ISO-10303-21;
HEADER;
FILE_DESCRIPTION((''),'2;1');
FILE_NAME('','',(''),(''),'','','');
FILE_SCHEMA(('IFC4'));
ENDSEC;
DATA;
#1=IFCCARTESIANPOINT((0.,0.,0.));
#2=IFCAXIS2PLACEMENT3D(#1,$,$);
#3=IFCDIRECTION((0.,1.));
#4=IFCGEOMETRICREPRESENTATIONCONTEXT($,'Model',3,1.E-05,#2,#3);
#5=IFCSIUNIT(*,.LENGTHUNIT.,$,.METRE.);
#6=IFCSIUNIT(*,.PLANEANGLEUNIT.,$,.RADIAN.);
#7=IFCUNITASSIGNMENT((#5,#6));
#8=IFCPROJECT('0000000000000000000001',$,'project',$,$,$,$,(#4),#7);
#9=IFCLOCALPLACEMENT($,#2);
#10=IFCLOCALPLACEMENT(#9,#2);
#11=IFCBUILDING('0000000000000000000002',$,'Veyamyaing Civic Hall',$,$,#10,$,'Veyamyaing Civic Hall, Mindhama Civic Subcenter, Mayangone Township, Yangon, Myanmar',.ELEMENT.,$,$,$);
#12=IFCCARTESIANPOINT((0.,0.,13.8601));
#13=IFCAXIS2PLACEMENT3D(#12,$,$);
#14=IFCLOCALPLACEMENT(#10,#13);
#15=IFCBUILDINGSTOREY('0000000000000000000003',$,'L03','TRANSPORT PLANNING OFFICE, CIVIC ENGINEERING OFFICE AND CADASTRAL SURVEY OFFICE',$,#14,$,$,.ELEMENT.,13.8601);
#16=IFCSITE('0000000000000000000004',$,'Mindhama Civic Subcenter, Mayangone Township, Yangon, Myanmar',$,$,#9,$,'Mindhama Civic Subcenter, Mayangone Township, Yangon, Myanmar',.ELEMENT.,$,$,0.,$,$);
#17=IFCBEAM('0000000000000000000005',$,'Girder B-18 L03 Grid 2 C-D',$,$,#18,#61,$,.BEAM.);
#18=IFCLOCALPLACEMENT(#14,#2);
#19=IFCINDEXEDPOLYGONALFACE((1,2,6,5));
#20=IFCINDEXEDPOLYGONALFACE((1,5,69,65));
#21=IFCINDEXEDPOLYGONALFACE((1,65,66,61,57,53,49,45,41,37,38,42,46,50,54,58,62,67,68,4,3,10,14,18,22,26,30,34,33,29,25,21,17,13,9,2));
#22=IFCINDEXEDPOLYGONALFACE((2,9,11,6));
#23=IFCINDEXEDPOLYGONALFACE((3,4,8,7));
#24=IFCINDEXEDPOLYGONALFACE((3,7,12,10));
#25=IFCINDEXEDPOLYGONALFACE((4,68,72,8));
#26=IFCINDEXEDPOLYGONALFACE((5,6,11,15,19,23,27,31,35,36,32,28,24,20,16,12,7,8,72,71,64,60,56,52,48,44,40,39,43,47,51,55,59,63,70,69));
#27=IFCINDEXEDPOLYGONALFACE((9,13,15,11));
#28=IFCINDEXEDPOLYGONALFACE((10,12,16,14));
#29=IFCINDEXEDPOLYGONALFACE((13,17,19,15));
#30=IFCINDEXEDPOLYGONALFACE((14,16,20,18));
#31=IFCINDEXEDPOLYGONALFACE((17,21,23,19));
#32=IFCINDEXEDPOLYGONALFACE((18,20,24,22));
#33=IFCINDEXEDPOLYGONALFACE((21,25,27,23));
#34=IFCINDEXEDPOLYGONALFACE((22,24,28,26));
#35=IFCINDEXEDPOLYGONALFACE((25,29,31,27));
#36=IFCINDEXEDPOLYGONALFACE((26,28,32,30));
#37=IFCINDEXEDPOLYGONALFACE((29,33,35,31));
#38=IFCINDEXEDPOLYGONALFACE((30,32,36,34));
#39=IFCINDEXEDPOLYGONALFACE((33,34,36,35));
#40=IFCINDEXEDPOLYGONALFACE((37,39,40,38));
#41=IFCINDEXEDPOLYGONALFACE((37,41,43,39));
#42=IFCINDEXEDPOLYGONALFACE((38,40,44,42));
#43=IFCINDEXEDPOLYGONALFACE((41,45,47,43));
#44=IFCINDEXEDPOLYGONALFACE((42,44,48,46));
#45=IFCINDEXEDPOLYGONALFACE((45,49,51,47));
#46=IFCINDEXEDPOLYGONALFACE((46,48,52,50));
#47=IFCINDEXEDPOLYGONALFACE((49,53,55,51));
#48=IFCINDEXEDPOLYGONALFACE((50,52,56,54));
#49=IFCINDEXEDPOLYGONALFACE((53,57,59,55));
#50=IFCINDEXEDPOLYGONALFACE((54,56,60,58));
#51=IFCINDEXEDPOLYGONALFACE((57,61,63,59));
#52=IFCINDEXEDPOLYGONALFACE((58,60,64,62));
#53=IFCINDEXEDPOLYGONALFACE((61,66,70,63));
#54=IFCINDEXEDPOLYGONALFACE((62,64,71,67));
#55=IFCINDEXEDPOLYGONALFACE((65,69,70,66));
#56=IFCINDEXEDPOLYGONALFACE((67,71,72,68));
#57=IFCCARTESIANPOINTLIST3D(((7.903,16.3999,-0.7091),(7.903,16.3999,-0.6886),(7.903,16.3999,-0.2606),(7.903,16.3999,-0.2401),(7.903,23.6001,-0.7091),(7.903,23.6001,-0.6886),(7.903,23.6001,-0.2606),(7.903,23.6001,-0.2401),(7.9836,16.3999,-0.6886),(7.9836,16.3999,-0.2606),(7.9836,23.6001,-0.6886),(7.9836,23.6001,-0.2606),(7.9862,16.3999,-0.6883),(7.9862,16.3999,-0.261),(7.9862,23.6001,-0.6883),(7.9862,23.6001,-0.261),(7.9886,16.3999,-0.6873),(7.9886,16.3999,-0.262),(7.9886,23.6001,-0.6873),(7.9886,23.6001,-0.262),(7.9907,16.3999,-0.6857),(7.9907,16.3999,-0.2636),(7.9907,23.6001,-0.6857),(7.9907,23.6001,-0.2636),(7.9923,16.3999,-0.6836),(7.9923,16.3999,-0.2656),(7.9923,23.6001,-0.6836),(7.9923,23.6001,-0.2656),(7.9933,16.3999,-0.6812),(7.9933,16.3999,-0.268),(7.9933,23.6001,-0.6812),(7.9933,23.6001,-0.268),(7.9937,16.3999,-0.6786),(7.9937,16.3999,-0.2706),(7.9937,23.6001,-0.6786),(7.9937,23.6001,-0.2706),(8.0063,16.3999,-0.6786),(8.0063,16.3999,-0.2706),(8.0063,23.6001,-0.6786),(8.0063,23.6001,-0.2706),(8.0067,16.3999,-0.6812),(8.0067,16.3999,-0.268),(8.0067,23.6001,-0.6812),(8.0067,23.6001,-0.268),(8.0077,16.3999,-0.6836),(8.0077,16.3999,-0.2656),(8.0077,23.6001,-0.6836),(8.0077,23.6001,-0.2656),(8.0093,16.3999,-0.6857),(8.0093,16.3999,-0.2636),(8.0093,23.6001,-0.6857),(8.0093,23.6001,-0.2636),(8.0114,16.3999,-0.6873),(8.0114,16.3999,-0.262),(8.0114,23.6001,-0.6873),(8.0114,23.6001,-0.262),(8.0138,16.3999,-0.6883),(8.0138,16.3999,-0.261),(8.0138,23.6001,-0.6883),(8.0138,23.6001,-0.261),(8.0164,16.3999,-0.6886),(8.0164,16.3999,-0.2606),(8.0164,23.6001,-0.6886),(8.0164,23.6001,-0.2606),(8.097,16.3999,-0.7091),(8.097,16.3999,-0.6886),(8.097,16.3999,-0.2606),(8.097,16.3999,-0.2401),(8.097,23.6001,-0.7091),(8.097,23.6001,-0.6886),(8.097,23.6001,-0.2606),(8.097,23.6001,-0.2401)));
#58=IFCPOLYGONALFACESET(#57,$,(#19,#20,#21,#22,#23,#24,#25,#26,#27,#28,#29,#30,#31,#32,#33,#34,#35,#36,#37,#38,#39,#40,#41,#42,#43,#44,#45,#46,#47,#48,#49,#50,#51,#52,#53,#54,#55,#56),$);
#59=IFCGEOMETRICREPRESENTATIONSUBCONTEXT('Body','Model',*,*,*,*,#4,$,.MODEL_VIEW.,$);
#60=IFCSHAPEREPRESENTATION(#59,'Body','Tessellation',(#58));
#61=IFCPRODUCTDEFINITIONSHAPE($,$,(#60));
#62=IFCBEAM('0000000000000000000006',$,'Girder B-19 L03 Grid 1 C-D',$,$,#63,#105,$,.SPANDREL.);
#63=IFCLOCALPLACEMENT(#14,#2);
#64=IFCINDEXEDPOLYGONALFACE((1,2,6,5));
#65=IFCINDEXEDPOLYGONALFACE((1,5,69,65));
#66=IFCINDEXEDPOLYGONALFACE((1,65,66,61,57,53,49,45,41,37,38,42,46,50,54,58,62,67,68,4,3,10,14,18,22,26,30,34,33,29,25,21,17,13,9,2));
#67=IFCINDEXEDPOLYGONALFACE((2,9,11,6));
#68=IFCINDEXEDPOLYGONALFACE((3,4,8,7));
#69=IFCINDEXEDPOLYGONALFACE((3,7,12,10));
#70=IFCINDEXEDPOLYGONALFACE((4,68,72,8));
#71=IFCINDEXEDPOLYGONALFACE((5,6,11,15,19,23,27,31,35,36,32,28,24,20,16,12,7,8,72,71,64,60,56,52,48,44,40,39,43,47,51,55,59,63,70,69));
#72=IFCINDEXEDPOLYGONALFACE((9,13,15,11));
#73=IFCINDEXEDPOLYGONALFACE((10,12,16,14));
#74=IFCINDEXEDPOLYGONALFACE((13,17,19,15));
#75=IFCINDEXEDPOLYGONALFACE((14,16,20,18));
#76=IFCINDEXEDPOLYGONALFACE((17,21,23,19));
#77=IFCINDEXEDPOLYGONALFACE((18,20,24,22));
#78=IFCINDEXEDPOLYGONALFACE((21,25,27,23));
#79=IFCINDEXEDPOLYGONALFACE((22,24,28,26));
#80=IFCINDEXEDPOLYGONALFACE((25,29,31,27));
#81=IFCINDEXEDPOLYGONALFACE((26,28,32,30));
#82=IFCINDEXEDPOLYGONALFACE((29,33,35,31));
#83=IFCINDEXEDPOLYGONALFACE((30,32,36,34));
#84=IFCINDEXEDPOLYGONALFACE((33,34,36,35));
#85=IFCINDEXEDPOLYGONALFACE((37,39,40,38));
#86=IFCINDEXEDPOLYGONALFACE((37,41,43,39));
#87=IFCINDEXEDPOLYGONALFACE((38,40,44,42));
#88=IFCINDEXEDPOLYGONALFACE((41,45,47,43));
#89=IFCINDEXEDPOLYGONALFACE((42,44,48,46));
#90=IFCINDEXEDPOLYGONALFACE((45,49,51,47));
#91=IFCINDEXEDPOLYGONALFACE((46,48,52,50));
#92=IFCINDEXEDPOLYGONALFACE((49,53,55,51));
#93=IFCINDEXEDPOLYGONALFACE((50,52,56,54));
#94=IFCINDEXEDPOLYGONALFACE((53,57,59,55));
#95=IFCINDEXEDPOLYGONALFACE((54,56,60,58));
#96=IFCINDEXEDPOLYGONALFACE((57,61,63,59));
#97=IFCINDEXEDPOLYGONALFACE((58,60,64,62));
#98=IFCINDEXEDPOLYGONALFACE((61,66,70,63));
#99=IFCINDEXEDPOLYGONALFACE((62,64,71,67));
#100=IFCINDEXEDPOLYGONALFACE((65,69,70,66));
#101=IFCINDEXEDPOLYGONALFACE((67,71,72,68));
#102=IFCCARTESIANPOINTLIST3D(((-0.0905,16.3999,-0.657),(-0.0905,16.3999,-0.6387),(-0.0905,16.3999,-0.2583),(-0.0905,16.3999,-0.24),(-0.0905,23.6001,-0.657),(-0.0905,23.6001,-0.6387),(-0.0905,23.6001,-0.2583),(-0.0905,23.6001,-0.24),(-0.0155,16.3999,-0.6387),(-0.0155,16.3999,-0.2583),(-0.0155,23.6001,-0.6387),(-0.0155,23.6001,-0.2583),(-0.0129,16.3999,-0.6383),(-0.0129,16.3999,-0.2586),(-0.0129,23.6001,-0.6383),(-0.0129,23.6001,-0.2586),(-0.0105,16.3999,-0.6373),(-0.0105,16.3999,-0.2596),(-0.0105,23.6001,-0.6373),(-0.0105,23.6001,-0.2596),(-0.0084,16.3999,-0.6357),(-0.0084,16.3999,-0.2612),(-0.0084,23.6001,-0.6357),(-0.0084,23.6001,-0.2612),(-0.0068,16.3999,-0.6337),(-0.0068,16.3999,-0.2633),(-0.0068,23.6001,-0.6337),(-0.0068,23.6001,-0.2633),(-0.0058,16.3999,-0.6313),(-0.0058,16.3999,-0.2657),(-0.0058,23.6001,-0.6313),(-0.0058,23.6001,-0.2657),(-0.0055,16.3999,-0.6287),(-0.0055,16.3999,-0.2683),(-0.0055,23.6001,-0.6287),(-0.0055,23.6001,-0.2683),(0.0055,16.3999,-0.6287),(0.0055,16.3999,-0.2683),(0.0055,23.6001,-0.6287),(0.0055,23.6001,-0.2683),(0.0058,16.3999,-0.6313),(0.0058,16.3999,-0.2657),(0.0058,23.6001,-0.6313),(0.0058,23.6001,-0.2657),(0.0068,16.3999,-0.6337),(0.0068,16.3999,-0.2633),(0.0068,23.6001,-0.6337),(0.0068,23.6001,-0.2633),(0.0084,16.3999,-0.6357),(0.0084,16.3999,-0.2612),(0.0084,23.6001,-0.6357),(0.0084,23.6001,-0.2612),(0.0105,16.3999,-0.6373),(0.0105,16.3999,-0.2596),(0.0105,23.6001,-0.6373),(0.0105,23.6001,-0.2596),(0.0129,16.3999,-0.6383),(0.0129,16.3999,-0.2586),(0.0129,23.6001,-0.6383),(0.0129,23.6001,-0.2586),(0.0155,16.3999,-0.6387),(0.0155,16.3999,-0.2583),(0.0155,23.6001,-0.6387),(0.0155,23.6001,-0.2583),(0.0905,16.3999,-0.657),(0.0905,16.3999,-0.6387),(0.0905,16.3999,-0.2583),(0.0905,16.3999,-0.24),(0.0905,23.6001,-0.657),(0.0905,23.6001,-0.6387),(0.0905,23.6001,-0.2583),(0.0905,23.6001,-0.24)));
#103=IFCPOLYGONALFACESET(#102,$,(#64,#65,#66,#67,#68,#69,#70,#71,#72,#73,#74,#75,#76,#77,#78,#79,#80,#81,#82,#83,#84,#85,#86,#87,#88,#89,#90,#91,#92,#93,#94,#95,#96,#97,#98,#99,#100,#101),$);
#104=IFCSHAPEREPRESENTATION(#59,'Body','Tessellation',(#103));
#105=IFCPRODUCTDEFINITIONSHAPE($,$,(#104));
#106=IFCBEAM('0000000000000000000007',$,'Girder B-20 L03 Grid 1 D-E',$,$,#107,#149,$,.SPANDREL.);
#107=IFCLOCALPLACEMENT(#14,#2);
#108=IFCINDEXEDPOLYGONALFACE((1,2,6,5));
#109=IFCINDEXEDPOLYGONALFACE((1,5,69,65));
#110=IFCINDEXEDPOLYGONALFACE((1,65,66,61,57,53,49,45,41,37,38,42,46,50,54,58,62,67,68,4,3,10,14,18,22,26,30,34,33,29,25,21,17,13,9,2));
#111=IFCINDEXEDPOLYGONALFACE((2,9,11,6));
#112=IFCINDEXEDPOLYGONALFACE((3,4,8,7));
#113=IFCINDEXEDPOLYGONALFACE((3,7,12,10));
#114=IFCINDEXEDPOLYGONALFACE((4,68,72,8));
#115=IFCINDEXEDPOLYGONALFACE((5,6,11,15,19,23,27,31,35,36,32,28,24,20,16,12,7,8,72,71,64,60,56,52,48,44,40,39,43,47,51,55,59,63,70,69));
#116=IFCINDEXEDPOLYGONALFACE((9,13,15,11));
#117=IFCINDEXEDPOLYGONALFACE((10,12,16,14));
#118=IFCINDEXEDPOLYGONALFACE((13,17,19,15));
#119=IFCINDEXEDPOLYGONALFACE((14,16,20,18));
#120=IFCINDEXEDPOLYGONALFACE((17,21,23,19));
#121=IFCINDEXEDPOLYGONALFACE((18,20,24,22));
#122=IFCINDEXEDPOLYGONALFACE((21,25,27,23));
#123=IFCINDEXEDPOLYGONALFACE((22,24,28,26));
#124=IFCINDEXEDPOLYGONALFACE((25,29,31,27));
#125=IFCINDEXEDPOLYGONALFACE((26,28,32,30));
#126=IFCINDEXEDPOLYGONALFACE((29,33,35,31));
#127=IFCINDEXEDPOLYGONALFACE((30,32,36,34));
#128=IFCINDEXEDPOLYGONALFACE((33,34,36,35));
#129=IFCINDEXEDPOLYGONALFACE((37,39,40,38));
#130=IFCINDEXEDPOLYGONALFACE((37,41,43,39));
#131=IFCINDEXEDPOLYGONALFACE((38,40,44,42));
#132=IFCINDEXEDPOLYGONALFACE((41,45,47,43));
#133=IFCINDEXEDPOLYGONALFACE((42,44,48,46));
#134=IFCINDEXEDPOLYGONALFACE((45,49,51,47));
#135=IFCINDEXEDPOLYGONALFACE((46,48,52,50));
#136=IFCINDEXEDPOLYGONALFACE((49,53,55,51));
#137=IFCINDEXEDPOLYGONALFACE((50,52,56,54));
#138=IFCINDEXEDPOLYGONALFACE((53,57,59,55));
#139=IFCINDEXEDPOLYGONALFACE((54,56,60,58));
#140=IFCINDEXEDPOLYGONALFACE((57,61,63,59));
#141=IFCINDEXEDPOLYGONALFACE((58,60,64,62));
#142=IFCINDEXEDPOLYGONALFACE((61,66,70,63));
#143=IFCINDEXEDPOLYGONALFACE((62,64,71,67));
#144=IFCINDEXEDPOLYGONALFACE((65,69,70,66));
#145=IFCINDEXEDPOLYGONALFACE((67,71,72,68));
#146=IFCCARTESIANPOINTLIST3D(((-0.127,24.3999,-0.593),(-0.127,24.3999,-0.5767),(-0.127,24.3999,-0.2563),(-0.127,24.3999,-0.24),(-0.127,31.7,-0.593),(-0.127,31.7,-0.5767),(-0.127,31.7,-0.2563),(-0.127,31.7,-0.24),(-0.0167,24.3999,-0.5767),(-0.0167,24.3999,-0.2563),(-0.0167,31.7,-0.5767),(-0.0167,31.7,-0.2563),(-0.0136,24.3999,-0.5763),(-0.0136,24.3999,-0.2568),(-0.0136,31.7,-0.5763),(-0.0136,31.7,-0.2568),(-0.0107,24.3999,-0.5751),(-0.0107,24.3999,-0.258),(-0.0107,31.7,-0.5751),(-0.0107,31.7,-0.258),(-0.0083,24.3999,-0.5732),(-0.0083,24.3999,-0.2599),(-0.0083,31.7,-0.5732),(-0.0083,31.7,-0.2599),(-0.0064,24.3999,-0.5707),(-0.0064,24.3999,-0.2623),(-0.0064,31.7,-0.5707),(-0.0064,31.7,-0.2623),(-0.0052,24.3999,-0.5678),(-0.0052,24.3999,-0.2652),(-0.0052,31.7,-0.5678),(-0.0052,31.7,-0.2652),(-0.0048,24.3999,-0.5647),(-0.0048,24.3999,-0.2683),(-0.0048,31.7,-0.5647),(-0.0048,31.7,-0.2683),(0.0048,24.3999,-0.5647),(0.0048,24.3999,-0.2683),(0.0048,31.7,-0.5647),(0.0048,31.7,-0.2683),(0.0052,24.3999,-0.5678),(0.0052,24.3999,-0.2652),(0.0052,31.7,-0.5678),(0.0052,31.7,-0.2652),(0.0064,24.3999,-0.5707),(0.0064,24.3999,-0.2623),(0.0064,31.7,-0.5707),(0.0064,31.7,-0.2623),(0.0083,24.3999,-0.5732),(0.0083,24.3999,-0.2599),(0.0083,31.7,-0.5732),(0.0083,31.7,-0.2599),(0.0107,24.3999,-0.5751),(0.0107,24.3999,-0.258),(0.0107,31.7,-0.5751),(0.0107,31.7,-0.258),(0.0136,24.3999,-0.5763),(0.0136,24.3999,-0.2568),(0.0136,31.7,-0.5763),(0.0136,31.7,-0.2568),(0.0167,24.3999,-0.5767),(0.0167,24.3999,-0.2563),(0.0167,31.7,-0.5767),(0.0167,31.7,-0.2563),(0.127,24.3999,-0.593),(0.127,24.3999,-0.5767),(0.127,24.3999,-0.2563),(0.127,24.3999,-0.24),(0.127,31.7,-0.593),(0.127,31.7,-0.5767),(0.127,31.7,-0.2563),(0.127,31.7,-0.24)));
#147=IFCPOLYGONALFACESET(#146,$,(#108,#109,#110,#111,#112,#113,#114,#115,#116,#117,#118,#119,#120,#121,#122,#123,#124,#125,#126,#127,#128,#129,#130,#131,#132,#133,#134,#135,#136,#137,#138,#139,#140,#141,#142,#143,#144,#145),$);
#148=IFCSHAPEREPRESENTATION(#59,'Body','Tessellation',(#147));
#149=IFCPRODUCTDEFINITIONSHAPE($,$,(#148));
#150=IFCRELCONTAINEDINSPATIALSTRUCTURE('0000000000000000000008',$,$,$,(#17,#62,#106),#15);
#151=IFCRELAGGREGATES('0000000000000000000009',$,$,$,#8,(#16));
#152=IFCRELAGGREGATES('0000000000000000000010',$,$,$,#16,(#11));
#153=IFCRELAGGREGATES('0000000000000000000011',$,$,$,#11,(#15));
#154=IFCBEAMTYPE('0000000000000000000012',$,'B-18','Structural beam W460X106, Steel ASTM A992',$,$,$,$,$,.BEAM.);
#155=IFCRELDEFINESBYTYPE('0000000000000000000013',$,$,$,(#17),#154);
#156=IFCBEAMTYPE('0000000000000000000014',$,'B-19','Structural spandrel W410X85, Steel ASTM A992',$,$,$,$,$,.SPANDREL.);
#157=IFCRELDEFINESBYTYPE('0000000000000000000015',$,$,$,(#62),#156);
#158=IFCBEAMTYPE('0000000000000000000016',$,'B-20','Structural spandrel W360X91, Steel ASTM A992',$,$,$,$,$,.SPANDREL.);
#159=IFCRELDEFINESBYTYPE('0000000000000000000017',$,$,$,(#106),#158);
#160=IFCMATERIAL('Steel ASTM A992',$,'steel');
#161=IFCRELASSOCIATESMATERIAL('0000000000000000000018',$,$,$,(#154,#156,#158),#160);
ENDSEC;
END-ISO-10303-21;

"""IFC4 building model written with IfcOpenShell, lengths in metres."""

from ifc_helpers import new_model, si_unit, direction, frame, origin, origin_2d, place, context, subcontext, project, spatial, i_section, extrude, material, material_profile, profile_set, type_object, element, save


model = new_model("IFC4")

# Units and contexts
model_context = context("Model", 3, precision=1e-05, world=origin(), true_north=direction((0.0, 1.0)))
body_context = subcontext(model_context, "Body", "Model", "MODEL_VIEW")
ifc_project = project(units=[si_unit("LENGTHUNIT", "METRE"), si_unit("PLANEANGLEUNIT", "RADIAN")], contexts=[model_context])

# Site, building, storey
site_placement = place(None, origin())
site = spatial("IfcSite", under=ifc_project, at=site_placement, Name="Mindhama Civic Subcenter, Mayangone Township, Yangon, Myanmar", LongName="Mindhama Civic Subcenter, Mayangone Township, Yangon, Myanmar", CompositionType="ELEMENT", RefElevation=0.0)
building_placement = place(site_placement, origin())
building = spatial("IfcBuilding", under=site, at=building_placement, Name="Veyamyaing Civic Hall", LongName="Veyamyaing Civic Hall, Mindhama Civic Subcenter, Mayangone Township, Yangon, Myanmar", CompositionType="ELEMENT")
storey_placement = place(building_placement, frame((0.0, 0.0, 13.8601)))
storey = spatial("IfcBuildingStorey", under=building, at=storey_placement, Name="L03", Description="TRANSPORT PLANNING OFFICE, CIVIC ENGINEERING OFFICE AND CADASTRAL SURVEY OFFICE", CompositionType="ELEMENT", Elevation=13.8601)

# Beams
ifc_material_1 = material(Name="Steel ASTM A992", Category="steel")
ifc_material_profile_1 = material_profile(ifc_material_1, i_section(OverallWidth=0.1941, OverallDepth=0.469, WebThickness=0.0127, FlangeThickness=0.0205, FilletRadius=0.01, at=origin_2d()), Name="W460X106")
ifc_profile_set_1 = profile_set([ifc_material_profile_1], Name="Steel ASTM A992")
beam_type_1 = type_object("IfcBeamType", Name="B-18", Description="Structural beam W460X106, Steel ASTM A992", PredefinedType="BEAM", material=ifc_profile_set_1)
beam_1_placement = place(storey_placement, frame((8.0, 16.3999, -0.4746), z_axis=(0.0, 1.0, 0.0), x_axis=(-1.0, 0.0, 0.0)))
element("IfcBeam", 1, at=beam_1_placement, inside=storey, type_object=beam_type_1, Name="Girder B-18 L03 Grid 2 C-D", PredefinedType="BEAM", context=body_context, shape_type="SweptSolid", body=[
    extrude(i_section(OverallWidth=0.1941, OverallDepth=0.469, WebThickness=0.0127, FlangeThickness=0.0205, FilletRadius=0.01, at=origin_2d()), origin(), (0.0, 0.0, 1.0), 7.2002),
])
ifc_material_profile_2 = material_profile(ifc_material_1, i_section(OverallWidth=0.1809, OverallDepth=0.417, WebThickness=0.011, FlangeThickness=0.0183, FilletRadius=0.01, at=origin_2d()), Name="W410X85")
ifc_profile_set_2 = profile_set([ifc_material_profile_2], Name="Steel ASTM A992")
beam_type_2 = type_object("IfcBeamType", Name="B-19", Description="Structural spandrel W410X85, Steel ASTM A992", PredefinedType="SPANDREL", material=ifc_profile_set_2)
beam_2_placement = place(storey_placement, frame((0.0, 16.3999, -0.4485), z_axis=(0.0, 1.0, 0.0), x_axis=(-1.0, 0.0, 0.0)))
element("IfcBeam", 2, at=beam_2_placement, inside=storey, type_object=beam_type_2, Name="Girder B-19 L03 Grid 1 C-D", PredefinedType="SPANDREL", context=body_context, shape_type="SweptSolid", body=[
    extrude(i_section(OverallWidth=0.1809, OverallDepth=0.417, WebThickness=0.011, FlangeThickness=0.0183, FilletRadius=0.01, at=origin_2d()), origin(), (0.0, 0.0, 1.0), 7.2002),
])
ifc_material_profile_3 = material_profile(ifc_material_1, i_section(OverallWidth=0.2539, OverallDepth=0.353, WebThickness=0.0095, FlangeThickness=0.0164, FilletRadius=0.012, at=origin_2d()), Name="W360X91")
ifc_profile_set_3 = profile_set([ifc_material_profile_3], Name="Steel ASTM A992")
beam_type_3 = type_object("IfcBeamType", Name="B-20", Description="Structural spandrel W360X91, Steel ASTM A992", PredefinedType="SPANDREL", material=ifc_profile_set_3)
beam_3_placement = place(storey_placement, frame((0.0, 24.3999, -0.4165), z_axis=(0.0, 1.0, 0.0), x_axis=(-1.0, 0.0, 0.0)))
element("IfcBeam", 3, at=beam_3_placement, inside=storey, type_object=beam_type_3, Name="Girder B-20 L03 Grid 1 D-E", PredefinedType="SPANDREL", context=body_context, shape_type="SweptSolid", body=[
    extrude(i_section(OverallWidth=0.2539, OverallDepth=0.353, WebThickness=0.0095, FlangeThickness=0.0164, FilletRadius=0.012, at=origin_2d()), origin(), (0.0, 0.0, 1.0), 7.3),
])

save(model, "model.ifc")
